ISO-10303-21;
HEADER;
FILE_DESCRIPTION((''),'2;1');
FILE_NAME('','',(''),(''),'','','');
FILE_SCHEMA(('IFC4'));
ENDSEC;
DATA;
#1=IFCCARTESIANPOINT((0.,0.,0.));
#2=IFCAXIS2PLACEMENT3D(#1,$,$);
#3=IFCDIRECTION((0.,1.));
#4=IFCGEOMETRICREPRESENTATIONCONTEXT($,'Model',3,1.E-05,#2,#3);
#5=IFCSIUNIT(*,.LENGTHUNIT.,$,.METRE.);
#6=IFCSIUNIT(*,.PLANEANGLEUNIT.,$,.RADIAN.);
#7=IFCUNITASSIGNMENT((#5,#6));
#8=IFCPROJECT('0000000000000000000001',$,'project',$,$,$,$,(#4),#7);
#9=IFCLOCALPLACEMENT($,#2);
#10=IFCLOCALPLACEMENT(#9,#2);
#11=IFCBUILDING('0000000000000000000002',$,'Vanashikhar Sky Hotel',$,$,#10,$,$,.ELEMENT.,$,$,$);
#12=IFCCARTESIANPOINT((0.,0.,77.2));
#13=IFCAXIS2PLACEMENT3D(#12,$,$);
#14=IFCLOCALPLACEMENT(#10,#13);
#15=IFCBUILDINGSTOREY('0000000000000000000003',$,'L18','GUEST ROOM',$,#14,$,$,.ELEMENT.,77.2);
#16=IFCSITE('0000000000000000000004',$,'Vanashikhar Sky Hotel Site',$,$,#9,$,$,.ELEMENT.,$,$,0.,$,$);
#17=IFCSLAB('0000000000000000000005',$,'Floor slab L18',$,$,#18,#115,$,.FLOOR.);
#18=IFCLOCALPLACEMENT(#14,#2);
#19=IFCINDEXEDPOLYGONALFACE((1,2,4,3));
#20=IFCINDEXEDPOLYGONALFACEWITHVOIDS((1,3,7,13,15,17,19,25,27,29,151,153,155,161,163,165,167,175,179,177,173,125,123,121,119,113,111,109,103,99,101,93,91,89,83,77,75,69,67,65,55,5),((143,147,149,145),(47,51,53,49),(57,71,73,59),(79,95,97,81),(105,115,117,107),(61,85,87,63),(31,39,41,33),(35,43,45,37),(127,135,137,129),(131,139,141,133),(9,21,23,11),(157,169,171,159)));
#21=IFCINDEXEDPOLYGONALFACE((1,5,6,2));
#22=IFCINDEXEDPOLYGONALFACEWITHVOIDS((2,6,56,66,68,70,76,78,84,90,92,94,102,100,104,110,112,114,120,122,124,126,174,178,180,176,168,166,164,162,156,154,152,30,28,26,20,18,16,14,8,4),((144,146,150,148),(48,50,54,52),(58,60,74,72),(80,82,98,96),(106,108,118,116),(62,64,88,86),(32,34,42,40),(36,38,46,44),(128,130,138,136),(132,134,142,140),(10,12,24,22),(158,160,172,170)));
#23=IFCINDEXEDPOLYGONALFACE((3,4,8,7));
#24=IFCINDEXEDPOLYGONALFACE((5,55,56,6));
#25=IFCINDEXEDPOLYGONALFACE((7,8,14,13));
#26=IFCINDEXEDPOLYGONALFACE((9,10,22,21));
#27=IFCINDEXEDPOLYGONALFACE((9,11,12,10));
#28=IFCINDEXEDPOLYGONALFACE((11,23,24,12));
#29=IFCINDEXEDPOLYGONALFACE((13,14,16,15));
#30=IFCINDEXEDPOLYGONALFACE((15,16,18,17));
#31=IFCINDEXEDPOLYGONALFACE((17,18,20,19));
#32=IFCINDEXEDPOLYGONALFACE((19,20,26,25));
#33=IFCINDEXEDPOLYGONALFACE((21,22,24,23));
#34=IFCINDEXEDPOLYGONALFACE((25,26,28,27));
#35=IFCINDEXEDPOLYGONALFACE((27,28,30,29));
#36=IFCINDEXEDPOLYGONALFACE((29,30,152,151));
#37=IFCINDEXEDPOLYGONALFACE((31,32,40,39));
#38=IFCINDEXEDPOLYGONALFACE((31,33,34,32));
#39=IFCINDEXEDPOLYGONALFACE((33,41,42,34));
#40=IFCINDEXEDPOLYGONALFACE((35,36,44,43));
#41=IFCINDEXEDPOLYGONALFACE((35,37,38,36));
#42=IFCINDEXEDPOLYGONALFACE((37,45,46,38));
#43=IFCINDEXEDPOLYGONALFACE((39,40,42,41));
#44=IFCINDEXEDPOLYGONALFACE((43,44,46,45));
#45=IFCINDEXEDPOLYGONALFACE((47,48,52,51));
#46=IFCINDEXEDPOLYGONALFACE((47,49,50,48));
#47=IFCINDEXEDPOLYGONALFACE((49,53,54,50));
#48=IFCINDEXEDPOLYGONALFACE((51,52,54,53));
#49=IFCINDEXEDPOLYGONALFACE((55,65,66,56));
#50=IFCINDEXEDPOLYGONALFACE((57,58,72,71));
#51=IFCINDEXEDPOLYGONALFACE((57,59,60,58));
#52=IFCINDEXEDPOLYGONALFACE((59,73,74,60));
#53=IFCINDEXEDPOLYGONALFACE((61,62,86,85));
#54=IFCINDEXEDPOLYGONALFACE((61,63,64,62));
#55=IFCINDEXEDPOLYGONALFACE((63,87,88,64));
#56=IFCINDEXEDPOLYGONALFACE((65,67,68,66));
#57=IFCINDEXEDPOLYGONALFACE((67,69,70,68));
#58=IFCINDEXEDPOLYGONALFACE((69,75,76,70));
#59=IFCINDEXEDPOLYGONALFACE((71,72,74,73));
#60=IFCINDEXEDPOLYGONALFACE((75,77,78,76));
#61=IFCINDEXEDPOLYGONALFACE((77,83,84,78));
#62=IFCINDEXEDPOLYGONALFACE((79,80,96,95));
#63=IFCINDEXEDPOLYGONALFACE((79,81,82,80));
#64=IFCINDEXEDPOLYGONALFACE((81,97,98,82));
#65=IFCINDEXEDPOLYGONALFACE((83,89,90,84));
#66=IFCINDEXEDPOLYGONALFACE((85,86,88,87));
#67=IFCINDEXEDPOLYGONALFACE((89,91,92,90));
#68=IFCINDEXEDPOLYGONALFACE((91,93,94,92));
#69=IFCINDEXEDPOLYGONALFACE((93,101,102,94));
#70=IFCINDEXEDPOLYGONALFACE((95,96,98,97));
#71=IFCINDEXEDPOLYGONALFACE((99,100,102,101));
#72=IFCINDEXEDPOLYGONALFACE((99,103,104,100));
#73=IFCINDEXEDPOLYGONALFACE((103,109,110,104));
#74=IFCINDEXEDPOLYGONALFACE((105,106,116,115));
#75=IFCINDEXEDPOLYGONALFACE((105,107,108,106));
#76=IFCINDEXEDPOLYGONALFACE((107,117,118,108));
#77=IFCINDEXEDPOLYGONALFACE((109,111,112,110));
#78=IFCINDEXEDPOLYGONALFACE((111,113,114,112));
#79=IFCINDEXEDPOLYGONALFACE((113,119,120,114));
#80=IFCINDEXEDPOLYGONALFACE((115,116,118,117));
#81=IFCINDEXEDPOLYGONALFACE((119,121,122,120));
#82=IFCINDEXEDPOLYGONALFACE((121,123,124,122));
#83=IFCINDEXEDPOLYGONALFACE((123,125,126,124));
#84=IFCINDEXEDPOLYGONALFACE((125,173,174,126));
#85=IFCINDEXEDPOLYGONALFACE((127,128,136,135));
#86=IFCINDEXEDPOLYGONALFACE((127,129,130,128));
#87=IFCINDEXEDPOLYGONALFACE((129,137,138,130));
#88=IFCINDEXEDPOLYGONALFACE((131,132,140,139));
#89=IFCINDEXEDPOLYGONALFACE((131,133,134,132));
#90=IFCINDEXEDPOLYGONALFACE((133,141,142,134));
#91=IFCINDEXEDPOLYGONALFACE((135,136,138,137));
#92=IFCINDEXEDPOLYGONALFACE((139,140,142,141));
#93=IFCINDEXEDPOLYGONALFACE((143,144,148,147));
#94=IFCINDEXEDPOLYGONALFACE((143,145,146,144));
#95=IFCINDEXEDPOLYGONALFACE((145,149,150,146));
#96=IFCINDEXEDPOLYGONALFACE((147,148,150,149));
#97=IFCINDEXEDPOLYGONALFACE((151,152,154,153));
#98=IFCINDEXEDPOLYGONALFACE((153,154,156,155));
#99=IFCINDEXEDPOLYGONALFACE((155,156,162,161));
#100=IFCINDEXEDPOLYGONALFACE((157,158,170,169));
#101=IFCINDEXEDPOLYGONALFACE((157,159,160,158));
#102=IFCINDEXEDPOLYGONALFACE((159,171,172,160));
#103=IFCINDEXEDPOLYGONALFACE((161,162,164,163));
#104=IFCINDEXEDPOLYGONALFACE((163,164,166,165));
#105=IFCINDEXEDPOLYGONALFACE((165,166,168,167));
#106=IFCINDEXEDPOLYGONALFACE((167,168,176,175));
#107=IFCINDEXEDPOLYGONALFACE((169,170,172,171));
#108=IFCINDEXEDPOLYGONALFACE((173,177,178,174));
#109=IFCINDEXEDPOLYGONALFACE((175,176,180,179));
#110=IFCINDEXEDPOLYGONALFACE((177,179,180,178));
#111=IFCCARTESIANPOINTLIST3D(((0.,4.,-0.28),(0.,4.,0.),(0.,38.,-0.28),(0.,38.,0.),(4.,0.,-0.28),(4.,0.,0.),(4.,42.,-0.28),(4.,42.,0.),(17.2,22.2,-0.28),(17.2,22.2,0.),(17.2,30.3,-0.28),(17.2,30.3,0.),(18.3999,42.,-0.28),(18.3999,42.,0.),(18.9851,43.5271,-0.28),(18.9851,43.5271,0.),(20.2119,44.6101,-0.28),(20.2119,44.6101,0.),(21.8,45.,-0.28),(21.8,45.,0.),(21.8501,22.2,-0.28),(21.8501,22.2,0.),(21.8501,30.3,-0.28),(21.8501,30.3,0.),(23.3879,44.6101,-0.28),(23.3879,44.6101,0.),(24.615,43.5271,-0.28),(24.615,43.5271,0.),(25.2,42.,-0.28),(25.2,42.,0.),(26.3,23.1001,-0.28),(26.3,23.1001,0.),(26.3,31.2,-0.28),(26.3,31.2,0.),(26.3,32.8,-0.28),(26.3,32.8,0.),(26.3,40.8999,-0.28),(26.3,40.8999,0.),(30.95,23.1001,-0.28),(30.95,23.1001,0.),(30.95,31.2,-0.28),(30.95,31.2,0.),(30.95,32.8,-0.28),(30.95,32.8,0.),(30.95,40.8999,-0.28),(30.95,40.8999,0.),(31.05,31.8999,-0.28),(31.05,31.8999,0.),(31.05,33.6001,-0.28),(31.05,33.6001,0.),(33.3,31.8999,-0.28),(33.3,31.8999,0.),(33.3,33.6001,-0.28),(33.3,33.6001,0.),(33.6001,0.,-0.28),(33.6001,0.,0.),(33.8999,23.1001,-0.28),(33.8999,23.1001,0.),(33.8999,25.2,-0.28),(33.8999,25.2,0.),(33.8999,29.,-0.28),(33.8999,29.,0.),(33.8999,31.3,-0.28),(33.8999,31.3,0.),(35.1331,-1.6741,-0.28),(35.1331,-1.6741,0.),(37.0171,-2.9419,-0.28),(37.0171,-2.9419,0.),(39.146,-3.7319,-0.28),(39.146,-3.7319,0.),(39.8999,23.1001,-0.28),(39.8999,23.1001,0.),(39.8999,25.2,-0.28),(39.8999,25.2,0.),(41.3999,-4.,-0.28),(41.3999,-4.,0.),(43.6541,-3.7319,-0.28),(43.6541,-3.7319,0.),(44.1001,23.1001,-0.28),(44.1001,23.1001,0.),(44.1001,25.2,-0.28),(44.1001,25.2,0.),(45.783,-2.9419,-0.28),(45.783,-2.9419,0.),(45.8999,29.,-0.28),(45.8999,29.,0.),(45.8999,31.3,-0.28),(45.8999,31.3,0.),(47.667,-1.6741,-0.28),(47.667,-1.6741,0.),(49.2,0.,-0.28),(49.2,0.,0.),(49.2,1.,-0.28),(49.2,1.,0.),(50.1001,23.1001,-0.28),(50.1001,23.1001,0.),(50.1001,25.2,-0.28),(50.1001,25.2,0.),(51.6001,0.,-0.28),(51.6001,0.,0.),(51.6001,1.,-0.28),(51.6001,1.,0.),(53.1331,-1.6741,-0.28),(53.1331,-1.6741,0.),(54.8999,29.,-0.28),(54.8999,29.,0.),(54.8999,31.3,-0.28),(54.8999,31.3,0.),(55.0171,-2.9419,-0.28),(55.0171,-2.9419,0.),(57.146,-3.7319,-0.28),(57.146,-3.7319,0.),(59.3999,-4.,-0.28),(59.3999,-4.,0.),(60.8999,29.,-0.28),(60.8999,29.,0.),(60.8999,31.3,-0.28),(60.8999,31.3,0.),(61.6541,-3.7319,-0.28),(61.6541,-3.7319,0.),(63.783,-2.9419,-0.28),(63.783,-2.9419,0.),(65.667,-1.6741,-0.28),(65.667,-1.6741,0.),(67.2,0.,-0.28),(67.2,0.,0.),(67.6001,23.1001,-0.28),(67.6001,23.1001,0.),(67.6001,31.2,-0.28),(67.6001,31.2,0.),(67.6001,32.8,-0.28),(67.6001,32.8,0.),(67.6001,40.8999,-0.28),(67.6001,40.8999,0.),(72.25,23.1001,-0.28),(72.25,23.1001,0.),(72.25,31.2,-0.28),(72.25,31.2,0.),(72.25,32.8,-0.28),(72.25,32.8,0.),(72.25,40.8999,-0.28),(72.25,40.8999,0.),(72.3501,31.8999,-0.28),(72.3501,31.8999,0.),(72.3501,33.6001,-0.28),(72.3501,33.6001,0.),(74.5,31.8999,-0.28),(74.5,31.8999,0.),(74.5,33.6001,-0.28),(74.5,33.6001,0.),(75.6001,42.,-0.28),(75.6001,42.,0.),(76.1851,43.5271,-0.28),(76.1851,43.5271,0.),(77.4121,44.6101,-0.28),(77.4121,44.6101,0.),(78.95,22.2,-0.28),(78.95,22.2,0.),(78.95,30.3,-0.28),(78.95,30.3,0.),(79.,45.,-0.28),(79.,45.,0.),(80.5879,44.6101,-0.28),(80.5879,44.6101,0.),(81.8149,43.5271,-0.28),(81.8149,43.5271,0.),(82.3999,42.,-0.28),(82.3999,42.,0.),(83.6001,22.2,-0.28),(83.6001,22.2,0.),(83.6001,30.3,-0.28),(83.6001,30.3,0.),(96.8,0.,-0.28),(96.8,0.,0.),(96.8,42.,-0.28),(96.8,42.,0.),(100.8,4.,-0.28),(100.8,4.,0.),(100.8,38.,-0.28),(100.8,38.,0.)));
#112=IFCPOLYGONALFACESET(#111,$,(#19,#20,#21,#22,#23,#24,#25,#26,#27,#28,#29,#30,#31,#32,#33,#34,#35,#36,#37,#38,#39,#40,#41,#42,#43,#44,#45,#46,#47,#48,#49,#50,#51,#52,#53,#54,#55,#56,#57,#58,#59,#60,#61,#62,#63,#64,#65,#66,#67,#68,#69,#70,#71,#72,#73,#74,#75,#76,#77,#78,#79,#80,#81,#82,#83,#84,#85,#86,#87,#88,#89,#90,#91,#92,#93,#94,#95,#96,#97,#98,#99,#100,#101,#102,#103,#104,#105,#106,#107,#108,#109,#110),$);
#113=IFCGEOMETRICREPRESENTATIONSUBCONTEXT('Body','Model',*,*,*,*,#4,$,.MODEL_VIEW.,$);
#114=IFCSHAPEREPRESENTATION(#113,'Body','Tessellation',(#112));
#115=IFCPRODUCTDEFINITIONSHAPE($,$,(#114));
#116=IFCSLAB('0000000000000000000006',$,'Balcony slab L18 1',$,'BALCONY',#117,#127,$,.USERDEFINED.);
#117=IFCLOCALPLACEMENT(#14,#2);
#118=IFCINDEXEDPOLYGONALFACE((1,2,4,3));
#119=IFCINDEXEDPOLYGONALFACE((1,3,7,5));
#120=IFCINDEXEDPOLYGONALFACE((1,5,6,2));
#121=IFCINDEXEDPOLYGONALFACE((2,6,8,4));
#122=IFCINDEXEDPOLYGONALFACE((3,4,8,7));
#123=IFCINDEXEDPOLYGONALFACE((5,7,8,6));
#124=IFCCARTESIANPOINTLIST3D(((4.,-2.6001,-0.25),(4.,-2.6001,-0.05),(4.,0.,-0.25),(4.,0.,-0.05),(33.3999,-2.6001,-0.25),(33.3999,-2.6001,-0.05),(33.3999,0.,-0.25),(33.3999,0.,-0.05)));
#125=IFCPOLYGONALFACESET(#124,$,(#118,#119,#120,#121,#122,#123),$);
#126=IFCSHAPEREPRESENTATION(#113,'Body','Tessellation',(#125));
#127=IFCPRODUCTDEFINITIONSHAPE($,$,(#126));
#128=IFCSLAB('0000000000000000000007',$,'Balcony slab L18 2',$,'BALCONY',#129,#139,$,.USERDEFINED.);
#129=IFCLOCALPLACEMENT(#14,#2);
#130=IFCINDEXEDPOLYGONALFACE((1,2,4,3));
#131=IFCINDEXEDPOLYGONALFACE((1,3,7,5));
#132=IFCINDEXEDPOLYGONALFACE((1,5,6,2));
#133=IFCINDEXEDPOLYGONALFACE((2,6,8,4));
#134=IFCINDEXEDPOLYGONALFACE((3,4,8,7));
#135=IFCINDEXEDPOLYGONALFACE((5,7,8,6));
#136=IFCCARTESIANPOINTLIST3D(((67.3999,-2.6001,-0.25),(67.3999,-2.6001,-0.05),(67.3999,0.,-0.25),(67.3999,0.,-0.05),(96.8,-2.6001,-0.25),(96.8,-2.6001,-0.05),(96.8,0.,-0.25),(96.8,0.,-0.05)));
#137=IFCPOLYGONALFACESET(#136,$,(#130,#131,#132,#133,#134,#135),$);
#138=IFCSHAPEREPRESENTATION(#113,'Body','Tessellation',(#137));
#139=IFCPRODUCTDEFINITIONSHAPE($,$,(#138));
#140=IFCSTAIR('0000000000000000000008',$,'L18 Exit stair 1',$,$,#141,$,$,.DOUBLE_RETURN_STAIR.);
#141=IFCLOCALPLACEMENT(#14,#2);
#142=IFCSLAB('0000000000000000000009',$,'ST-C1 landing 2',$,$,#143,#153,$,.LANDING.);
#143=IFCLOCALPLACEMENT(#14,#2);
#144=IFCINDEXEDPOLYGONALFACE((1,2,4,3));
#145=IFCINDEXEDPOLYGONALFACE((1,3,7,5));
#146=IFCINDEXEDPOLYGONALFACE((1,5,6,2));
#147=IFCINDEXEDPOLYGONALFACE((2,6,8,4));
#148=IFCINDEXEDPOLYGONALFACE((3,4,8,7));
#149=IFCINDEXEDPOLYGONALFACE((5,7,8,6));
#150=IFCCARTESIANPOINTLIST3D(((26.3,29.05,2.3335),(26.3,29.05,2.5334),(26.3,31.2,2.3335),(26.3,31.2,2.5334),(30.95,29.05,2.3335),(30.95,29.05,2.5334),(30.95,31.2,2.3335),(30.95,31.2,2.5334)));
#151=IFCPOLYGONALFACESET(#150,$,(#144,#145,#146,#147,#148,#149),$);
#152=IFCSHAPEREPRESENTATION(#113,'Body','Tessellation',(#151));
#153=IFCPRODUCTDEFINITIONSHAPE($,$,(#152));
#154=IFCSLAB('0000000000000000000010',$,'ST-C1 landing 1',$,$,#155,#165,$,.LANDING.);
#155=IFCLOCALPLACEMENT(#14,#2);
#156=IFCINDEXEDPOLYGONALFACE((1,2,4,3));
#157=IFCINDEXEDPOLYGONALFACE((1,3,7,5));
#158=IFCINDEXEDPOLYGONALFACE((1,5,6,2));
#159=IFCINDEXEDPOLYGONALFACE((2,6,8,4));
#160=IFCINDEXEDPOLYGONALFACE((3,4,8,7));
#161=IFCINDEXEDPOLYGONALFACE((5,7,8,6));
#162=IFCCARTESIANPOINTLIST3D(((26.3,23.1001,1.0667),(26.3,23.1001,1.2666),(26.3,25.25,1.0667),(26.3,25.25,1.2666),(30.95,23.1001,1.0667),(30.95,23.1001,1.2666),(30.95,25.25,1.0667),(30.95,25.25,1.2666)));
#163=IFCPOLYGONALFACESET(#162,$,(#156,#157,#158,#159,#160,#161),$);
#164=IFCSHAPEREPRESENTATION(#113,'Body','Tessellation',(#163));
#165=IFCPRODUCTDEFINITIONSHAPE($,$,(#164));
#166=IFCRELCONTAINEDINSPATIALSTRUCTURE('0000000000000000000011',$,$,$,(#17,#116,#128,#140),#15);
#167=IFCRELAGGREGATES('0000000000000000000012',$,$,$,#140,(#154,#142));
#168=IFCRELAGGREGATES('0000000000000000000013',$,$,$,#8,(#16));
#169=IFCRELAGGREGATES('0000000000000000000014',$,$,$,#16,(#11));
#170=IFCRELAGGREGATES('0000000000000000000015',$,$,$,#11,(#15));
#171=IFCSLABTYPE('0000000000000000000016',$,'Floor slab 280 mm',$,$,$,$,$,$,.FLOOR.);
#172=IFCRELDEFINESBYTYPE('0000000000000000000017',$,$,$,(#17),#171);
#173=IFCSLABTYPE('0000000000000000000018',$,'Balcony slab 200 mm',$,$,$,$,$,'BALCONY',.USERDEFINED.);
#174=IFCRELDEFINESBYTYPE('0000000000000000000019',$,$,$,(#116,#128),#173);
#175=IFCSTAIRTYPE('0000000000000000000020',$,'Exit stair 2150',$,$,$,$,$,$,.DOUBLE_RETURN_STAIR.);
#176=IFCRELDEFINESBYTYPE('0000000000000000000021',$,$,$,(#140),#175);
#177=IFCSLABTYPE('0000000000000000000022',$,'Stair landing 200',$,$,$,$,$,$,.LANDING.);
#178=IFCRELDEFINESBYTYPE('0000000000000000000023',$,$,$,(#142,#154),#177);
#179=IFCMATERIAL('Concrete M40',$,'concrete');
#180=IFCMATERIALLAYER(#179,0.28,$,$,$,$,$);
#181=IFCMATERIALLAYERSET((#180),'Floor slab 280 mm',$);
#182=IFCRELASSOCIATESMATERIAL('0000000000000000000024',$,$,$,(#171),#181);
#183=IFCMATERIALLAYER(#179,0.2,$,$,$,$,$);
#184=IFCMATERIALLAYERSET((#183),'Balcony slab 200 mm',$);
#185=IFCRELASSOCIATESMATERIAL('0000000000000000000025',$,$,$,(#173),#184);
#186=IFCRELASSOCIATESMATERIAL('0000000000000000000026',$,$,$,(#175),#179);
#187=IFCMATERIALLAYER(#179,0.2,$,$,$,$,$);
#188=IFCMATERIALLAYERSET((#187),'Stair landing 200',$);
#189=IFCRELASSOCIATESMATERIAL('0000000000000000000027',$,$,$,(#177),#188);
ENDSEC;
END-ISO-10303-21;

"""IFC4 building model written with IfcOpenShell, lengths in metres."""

from ifc_helpers import new_model, si_unit, direction, frame, origin, place, context, subcontext, project, spatial, polyline, outline, extrude, source, transform, mapped, material, layer, layer_set, type_object, element, aggregate, save


model = new_model("IFC4")

# Units and contexts
model_context = context("Model", 3, precision=1e-05, world=origin(), true_north=direction((0.0, 1.0)))
body_context = subcontext(model_context, "Body", "Model", "MODEL_VIEW")
ifc_project = project(units=[si_unit("LENGTHUNIT", "METRE"), si_unit("PLANEANGLEUNIT", "RADIAN")], contexts=[model_context])

# Site, building, storey
site_placement = place(None, origin())
site = spatial("IfcSite", under=ifc_project, at=site_placement, Name="Vanashikhar Sky Hotel Site", CompositionType="ELEMENT", RefElevation=0.0)
building_placement = place(site_placement, origin())
building = spatial("IfcBuilding", under=site, at=building_placement, Name="Vanashikhar Sky Hotel", CompositionType="ELEMENT")
storey_placement = place(building_placement, frame((0.0, 0.0, 77.2)))
storey = spatial("IfcBuildingStorey", under=building, at=storey_placement, Name="L18", Description="GUEST ROOM", CompositionType="ELEMENT", Elevation=77.2)

# Slabs
ifc_material_1 = material(Name="Concrete M40", Category="concrete")
ifc_layer_1 = layer(ifc_material_1, 0.28)
ifc_layer_set_1 = layer_set([ifc_layer_1], Name="Floor slab 280 mm")
slab_type_1 = type_object("IfcSlabType", Name="Floor slab 280 mm", PredefinedType="FLOOR", material=ifc_layer_set_1)
shared_shape_1 = source(origin(), body_context, "Body", "SweptSolid", [
    extrude(outline(polyline([(49.2, 0.0), (49.2, 1.0), (51.6001, 1.0), (51.6001, 0.0), (53.1331, -1.6741), (55.0171, -2.9419), (57.146, -3.7319), (59.3999, -4.0), (61.6541, -3.7319), (63.783, -2.9419), (65.667, -1.6741), (67.2, 0.0), (96.8, 0.0), (100.8, 4.0), (100.8, 38.0), (96.8, 42.0), (82.3999, 42.0), (81.8149, 43.5271), (80.5879, 44.6101), (79.0, 45.0), (77.4121, 44.6101), (76.1851, 43.5271), (75.6001, 42.0), (25.2, 42.0), (24.615, 43.5271), (23.3879, 44.6101), (21.8, 45.0), (20.2119, 44.6101), (18.9851, 43.5271), (18.3999, 42.0), (4.0, 42.0), (0.0, 38.0), (0.0, 4.0), (4.0, 0.0), (33.6001, 0.0), (35.1331, -1.6741), (37.0171, -2.9419), (39.146, -3.7319), (41.3999, -4.0), (43.6541, -3.7319), (45.783, -2.9419), (47.667, -1.6741), (49.2, 0.0)]), holes=[polyline([(33.3, 33.6001), (31.05, 33.6001), (31.05, 31.8999), (33.3, 31.8999), (33.3, 33.6001)]), polyline([(33.8999, 25.2), (33.8999, 23.1001), (39.8999, 23.1001), (39.8999, 25.2), (33.8999, 25.2)]), polyline([(33.8999, 31.3), (33.8999, 29.0), (45.8999, 29.0), (45.8999, 31.3), (33.8999, 31.3)]), polyline([(44.1001, 25.2), (44.1001, 23.1001), (50.1001, 23.1001), (50.1001, 25.2), (44.1001, 25.2)]), polyline([(54.8999, 31.3), (54.8999, 29.0), (60.8999, 29.0), (60.8999, 31.3), (54.8999, 31.3)]), polyline([(74.5, 33.6001), (72.3501, 33.6001), (72.3501, 31.8999), (74.5, 31.8999), (74.5, 33.6001)]), polyline([(30.95, 23.1001), (30.95, 31.2), (26.3, 31.2), (26.3, 23.1001), (30.95, 23.1001)]), polyline([(72.25, 23.1001), (72.25, 31.2), (67.6001, 31.2), (67.6001, 23.1001), (72.25, 23.1001)]), polyline([(30.95, 32.8), (30.95, 40.8999), (26.3, 40.8999), (26.3, 32.8), (30.95, 32.8)]), polyline([(72.25, 32.8), (72.25, 40.8999), (67.6001, 40.8999), (67.6001, 32.8), (72.25, 32.8)]), polyline([(83.6001, 22.2), (83.6001, 30.3), (78.95, 30.3), (78.95, 22.2), (83.6001, 22.2)]), polyline([(21.8501, 22.2), (21.8501, 30.3), (17.2, 30.3), (17.2, 22.2), (21.8501, 22.2)])]), origin(), (0.0, 0.0, 1.0), 0.28),
])
slab_1_placement = place(storey_placement, frame((0.0, 0.0, -0.28)))
element("IfcSlab", 1, at=slab_1_placement, inside=storey, type_object=slab_type_1, Name="Floor slab L18", PredefinedType="FLOOR", context=body_context, shape_type="MappedRepresentation", body=[
    mapped(shared_shape_1, transform((0.0, 0.0, 0.0), scale=1.0)),
])
ifc_layer_2 = layer(ifc_material_1, 0.2)
ifc_layer_set_2 = layer_set([ifc_layer_2], Name="Balcony slab 200 mm")
slab_type_2 = type_object("IfcSlabType", Name="Balcony slab 200 mm", ElementType="BALCONY", PredefinedType="USERDEFINED", material=ifc_layer_set_2)
shared_shape_2 = source(origin(), body_context, "Body", "SweptSolid", [
    extrude(outline(polyline([(4.0, -2.6001), (33.3999, -2.6001), (33.3999, 0.0), (4.0, 0.0), (4.0, -2.6001)])), origin(), (0.0, 0.0, 1.0), 0.2),
])
slab_2_placement = place(storey_placement, frame((0.0, 0.0, -0.25)))
element("IfcSlab", 2, at=slab_2_placement, inside=storey, type_object=slab_type_2, Name="Balcony slab L18 1", ObjectType="BALCONY", PredefinedType="USERDEFINED", context=body_context, shape_type="MappedRepresentation", body=[
    mapped(shared_shape_2, transform((0.0, 0.0, 0.0), scale=1.0)),
])
shared_shape_3 = source(origin(), body_context, "Body", "SweptSolid", [
    extrude(outline(polyline([(67.3999, -2.6001), (96.8, -2.6001), (96.8, 0.0), (67.3999, 0.0), (67.3999, -2.6001)])), origin(), (0.0, 0.0, 1.0), 0.2),
])
slab_3_placement = place(storey_placement, frame((0.0, 0.0, -0.25)))
element("IfcSlab", 3, at=slab_3_placement, inside=storey, type_object=slab_type_2, Name="Balcony slab L18 2", ObjectType="BALCONY", PredefinedType="USERDEFINED", context=body_context, shape_type="MappedRepresentation", body=[
    mapped(shared_shape_3, transform((0.0, 0.0, 0.0), scale=1.0)),
])

# Stair, slabs
stair_type = type_object("IfcStairType", Name="Exit stair 2150", PredefinedType="DOUBLE_RETURN_STAIR", material=ifc_material_1)
stair_1_placement = place(storey_placement, origin())
stair_1 = element("IfcStair", 4, at=stair_1_placement, inside=storey, type_object=stair_type, Name="L18 Exit stair 1", PredefinedType="DOUBLE_RETURN_STAIR")
ifc_layer_3 = layer(ifc_material_1, 0.2)
ifc_layer_set_3 = layer_set([ifc_layer_3], Name="Stair landing 200")
slab_type_3 = type_object("IfcSlabType", Name="Stair landing 200", PredefinedType="LANDING", material=ifc_layer_set_3)
shared_shape_4 = source(origin(), body_context, "Body", "SweptSolid", [
    extrude(outline(polyline([(30.95, 29.05), (30.95, 31.2), (26.3, 31.2), (26.3, 29.05), (30.95, 29.05)])), origin(), (0.0, 0.0, 1.0), 0.2),
])
slab_4_placement = place(storey_placement, frame((0.0, 0.0, 2.3335)))
slab_4 = element("IfcSlab", 5, at=slab_4_placement, type_object=slab_type_3, Name="ST-C1 landing 2", PredefinedType="LANDING", context=body_context, shape_type="MappedRepresentation", body=[
    mapped(shared_shape_4, transform((0.0, 0.0, 0.0), scale=1.0)),
])
shared_shape_5 = source(origin(), body_context, "Body", "SweptSolid", [
    extrude(outline(polyline([(30.95, 23.1001), (30.95, 25.25), (26.3, 25.25), (26.3, 23.1001), (30.95, 23.1001)])), origin(), (0.0, 0.0, 1.0), 0.2),
])
slab_5_placement = place(storey_placement, frame((0.0, 0.0, 1.0667)))
slab_5 = element("IfcSlab", 6, at=slab_5_placement, type_object=slab_type_3, Name="ST-C1 landing 1", PredefinedType="LANDING", context=body_context, shape_type="MappedRepresentation", body=[
    mapped(shared_shape_5, transform((0.0, 0.0, 0.0), scale=1.0)),
])
aggregate(stair_1, [slab_5, slab_4])

save(model, "model.ifc")
